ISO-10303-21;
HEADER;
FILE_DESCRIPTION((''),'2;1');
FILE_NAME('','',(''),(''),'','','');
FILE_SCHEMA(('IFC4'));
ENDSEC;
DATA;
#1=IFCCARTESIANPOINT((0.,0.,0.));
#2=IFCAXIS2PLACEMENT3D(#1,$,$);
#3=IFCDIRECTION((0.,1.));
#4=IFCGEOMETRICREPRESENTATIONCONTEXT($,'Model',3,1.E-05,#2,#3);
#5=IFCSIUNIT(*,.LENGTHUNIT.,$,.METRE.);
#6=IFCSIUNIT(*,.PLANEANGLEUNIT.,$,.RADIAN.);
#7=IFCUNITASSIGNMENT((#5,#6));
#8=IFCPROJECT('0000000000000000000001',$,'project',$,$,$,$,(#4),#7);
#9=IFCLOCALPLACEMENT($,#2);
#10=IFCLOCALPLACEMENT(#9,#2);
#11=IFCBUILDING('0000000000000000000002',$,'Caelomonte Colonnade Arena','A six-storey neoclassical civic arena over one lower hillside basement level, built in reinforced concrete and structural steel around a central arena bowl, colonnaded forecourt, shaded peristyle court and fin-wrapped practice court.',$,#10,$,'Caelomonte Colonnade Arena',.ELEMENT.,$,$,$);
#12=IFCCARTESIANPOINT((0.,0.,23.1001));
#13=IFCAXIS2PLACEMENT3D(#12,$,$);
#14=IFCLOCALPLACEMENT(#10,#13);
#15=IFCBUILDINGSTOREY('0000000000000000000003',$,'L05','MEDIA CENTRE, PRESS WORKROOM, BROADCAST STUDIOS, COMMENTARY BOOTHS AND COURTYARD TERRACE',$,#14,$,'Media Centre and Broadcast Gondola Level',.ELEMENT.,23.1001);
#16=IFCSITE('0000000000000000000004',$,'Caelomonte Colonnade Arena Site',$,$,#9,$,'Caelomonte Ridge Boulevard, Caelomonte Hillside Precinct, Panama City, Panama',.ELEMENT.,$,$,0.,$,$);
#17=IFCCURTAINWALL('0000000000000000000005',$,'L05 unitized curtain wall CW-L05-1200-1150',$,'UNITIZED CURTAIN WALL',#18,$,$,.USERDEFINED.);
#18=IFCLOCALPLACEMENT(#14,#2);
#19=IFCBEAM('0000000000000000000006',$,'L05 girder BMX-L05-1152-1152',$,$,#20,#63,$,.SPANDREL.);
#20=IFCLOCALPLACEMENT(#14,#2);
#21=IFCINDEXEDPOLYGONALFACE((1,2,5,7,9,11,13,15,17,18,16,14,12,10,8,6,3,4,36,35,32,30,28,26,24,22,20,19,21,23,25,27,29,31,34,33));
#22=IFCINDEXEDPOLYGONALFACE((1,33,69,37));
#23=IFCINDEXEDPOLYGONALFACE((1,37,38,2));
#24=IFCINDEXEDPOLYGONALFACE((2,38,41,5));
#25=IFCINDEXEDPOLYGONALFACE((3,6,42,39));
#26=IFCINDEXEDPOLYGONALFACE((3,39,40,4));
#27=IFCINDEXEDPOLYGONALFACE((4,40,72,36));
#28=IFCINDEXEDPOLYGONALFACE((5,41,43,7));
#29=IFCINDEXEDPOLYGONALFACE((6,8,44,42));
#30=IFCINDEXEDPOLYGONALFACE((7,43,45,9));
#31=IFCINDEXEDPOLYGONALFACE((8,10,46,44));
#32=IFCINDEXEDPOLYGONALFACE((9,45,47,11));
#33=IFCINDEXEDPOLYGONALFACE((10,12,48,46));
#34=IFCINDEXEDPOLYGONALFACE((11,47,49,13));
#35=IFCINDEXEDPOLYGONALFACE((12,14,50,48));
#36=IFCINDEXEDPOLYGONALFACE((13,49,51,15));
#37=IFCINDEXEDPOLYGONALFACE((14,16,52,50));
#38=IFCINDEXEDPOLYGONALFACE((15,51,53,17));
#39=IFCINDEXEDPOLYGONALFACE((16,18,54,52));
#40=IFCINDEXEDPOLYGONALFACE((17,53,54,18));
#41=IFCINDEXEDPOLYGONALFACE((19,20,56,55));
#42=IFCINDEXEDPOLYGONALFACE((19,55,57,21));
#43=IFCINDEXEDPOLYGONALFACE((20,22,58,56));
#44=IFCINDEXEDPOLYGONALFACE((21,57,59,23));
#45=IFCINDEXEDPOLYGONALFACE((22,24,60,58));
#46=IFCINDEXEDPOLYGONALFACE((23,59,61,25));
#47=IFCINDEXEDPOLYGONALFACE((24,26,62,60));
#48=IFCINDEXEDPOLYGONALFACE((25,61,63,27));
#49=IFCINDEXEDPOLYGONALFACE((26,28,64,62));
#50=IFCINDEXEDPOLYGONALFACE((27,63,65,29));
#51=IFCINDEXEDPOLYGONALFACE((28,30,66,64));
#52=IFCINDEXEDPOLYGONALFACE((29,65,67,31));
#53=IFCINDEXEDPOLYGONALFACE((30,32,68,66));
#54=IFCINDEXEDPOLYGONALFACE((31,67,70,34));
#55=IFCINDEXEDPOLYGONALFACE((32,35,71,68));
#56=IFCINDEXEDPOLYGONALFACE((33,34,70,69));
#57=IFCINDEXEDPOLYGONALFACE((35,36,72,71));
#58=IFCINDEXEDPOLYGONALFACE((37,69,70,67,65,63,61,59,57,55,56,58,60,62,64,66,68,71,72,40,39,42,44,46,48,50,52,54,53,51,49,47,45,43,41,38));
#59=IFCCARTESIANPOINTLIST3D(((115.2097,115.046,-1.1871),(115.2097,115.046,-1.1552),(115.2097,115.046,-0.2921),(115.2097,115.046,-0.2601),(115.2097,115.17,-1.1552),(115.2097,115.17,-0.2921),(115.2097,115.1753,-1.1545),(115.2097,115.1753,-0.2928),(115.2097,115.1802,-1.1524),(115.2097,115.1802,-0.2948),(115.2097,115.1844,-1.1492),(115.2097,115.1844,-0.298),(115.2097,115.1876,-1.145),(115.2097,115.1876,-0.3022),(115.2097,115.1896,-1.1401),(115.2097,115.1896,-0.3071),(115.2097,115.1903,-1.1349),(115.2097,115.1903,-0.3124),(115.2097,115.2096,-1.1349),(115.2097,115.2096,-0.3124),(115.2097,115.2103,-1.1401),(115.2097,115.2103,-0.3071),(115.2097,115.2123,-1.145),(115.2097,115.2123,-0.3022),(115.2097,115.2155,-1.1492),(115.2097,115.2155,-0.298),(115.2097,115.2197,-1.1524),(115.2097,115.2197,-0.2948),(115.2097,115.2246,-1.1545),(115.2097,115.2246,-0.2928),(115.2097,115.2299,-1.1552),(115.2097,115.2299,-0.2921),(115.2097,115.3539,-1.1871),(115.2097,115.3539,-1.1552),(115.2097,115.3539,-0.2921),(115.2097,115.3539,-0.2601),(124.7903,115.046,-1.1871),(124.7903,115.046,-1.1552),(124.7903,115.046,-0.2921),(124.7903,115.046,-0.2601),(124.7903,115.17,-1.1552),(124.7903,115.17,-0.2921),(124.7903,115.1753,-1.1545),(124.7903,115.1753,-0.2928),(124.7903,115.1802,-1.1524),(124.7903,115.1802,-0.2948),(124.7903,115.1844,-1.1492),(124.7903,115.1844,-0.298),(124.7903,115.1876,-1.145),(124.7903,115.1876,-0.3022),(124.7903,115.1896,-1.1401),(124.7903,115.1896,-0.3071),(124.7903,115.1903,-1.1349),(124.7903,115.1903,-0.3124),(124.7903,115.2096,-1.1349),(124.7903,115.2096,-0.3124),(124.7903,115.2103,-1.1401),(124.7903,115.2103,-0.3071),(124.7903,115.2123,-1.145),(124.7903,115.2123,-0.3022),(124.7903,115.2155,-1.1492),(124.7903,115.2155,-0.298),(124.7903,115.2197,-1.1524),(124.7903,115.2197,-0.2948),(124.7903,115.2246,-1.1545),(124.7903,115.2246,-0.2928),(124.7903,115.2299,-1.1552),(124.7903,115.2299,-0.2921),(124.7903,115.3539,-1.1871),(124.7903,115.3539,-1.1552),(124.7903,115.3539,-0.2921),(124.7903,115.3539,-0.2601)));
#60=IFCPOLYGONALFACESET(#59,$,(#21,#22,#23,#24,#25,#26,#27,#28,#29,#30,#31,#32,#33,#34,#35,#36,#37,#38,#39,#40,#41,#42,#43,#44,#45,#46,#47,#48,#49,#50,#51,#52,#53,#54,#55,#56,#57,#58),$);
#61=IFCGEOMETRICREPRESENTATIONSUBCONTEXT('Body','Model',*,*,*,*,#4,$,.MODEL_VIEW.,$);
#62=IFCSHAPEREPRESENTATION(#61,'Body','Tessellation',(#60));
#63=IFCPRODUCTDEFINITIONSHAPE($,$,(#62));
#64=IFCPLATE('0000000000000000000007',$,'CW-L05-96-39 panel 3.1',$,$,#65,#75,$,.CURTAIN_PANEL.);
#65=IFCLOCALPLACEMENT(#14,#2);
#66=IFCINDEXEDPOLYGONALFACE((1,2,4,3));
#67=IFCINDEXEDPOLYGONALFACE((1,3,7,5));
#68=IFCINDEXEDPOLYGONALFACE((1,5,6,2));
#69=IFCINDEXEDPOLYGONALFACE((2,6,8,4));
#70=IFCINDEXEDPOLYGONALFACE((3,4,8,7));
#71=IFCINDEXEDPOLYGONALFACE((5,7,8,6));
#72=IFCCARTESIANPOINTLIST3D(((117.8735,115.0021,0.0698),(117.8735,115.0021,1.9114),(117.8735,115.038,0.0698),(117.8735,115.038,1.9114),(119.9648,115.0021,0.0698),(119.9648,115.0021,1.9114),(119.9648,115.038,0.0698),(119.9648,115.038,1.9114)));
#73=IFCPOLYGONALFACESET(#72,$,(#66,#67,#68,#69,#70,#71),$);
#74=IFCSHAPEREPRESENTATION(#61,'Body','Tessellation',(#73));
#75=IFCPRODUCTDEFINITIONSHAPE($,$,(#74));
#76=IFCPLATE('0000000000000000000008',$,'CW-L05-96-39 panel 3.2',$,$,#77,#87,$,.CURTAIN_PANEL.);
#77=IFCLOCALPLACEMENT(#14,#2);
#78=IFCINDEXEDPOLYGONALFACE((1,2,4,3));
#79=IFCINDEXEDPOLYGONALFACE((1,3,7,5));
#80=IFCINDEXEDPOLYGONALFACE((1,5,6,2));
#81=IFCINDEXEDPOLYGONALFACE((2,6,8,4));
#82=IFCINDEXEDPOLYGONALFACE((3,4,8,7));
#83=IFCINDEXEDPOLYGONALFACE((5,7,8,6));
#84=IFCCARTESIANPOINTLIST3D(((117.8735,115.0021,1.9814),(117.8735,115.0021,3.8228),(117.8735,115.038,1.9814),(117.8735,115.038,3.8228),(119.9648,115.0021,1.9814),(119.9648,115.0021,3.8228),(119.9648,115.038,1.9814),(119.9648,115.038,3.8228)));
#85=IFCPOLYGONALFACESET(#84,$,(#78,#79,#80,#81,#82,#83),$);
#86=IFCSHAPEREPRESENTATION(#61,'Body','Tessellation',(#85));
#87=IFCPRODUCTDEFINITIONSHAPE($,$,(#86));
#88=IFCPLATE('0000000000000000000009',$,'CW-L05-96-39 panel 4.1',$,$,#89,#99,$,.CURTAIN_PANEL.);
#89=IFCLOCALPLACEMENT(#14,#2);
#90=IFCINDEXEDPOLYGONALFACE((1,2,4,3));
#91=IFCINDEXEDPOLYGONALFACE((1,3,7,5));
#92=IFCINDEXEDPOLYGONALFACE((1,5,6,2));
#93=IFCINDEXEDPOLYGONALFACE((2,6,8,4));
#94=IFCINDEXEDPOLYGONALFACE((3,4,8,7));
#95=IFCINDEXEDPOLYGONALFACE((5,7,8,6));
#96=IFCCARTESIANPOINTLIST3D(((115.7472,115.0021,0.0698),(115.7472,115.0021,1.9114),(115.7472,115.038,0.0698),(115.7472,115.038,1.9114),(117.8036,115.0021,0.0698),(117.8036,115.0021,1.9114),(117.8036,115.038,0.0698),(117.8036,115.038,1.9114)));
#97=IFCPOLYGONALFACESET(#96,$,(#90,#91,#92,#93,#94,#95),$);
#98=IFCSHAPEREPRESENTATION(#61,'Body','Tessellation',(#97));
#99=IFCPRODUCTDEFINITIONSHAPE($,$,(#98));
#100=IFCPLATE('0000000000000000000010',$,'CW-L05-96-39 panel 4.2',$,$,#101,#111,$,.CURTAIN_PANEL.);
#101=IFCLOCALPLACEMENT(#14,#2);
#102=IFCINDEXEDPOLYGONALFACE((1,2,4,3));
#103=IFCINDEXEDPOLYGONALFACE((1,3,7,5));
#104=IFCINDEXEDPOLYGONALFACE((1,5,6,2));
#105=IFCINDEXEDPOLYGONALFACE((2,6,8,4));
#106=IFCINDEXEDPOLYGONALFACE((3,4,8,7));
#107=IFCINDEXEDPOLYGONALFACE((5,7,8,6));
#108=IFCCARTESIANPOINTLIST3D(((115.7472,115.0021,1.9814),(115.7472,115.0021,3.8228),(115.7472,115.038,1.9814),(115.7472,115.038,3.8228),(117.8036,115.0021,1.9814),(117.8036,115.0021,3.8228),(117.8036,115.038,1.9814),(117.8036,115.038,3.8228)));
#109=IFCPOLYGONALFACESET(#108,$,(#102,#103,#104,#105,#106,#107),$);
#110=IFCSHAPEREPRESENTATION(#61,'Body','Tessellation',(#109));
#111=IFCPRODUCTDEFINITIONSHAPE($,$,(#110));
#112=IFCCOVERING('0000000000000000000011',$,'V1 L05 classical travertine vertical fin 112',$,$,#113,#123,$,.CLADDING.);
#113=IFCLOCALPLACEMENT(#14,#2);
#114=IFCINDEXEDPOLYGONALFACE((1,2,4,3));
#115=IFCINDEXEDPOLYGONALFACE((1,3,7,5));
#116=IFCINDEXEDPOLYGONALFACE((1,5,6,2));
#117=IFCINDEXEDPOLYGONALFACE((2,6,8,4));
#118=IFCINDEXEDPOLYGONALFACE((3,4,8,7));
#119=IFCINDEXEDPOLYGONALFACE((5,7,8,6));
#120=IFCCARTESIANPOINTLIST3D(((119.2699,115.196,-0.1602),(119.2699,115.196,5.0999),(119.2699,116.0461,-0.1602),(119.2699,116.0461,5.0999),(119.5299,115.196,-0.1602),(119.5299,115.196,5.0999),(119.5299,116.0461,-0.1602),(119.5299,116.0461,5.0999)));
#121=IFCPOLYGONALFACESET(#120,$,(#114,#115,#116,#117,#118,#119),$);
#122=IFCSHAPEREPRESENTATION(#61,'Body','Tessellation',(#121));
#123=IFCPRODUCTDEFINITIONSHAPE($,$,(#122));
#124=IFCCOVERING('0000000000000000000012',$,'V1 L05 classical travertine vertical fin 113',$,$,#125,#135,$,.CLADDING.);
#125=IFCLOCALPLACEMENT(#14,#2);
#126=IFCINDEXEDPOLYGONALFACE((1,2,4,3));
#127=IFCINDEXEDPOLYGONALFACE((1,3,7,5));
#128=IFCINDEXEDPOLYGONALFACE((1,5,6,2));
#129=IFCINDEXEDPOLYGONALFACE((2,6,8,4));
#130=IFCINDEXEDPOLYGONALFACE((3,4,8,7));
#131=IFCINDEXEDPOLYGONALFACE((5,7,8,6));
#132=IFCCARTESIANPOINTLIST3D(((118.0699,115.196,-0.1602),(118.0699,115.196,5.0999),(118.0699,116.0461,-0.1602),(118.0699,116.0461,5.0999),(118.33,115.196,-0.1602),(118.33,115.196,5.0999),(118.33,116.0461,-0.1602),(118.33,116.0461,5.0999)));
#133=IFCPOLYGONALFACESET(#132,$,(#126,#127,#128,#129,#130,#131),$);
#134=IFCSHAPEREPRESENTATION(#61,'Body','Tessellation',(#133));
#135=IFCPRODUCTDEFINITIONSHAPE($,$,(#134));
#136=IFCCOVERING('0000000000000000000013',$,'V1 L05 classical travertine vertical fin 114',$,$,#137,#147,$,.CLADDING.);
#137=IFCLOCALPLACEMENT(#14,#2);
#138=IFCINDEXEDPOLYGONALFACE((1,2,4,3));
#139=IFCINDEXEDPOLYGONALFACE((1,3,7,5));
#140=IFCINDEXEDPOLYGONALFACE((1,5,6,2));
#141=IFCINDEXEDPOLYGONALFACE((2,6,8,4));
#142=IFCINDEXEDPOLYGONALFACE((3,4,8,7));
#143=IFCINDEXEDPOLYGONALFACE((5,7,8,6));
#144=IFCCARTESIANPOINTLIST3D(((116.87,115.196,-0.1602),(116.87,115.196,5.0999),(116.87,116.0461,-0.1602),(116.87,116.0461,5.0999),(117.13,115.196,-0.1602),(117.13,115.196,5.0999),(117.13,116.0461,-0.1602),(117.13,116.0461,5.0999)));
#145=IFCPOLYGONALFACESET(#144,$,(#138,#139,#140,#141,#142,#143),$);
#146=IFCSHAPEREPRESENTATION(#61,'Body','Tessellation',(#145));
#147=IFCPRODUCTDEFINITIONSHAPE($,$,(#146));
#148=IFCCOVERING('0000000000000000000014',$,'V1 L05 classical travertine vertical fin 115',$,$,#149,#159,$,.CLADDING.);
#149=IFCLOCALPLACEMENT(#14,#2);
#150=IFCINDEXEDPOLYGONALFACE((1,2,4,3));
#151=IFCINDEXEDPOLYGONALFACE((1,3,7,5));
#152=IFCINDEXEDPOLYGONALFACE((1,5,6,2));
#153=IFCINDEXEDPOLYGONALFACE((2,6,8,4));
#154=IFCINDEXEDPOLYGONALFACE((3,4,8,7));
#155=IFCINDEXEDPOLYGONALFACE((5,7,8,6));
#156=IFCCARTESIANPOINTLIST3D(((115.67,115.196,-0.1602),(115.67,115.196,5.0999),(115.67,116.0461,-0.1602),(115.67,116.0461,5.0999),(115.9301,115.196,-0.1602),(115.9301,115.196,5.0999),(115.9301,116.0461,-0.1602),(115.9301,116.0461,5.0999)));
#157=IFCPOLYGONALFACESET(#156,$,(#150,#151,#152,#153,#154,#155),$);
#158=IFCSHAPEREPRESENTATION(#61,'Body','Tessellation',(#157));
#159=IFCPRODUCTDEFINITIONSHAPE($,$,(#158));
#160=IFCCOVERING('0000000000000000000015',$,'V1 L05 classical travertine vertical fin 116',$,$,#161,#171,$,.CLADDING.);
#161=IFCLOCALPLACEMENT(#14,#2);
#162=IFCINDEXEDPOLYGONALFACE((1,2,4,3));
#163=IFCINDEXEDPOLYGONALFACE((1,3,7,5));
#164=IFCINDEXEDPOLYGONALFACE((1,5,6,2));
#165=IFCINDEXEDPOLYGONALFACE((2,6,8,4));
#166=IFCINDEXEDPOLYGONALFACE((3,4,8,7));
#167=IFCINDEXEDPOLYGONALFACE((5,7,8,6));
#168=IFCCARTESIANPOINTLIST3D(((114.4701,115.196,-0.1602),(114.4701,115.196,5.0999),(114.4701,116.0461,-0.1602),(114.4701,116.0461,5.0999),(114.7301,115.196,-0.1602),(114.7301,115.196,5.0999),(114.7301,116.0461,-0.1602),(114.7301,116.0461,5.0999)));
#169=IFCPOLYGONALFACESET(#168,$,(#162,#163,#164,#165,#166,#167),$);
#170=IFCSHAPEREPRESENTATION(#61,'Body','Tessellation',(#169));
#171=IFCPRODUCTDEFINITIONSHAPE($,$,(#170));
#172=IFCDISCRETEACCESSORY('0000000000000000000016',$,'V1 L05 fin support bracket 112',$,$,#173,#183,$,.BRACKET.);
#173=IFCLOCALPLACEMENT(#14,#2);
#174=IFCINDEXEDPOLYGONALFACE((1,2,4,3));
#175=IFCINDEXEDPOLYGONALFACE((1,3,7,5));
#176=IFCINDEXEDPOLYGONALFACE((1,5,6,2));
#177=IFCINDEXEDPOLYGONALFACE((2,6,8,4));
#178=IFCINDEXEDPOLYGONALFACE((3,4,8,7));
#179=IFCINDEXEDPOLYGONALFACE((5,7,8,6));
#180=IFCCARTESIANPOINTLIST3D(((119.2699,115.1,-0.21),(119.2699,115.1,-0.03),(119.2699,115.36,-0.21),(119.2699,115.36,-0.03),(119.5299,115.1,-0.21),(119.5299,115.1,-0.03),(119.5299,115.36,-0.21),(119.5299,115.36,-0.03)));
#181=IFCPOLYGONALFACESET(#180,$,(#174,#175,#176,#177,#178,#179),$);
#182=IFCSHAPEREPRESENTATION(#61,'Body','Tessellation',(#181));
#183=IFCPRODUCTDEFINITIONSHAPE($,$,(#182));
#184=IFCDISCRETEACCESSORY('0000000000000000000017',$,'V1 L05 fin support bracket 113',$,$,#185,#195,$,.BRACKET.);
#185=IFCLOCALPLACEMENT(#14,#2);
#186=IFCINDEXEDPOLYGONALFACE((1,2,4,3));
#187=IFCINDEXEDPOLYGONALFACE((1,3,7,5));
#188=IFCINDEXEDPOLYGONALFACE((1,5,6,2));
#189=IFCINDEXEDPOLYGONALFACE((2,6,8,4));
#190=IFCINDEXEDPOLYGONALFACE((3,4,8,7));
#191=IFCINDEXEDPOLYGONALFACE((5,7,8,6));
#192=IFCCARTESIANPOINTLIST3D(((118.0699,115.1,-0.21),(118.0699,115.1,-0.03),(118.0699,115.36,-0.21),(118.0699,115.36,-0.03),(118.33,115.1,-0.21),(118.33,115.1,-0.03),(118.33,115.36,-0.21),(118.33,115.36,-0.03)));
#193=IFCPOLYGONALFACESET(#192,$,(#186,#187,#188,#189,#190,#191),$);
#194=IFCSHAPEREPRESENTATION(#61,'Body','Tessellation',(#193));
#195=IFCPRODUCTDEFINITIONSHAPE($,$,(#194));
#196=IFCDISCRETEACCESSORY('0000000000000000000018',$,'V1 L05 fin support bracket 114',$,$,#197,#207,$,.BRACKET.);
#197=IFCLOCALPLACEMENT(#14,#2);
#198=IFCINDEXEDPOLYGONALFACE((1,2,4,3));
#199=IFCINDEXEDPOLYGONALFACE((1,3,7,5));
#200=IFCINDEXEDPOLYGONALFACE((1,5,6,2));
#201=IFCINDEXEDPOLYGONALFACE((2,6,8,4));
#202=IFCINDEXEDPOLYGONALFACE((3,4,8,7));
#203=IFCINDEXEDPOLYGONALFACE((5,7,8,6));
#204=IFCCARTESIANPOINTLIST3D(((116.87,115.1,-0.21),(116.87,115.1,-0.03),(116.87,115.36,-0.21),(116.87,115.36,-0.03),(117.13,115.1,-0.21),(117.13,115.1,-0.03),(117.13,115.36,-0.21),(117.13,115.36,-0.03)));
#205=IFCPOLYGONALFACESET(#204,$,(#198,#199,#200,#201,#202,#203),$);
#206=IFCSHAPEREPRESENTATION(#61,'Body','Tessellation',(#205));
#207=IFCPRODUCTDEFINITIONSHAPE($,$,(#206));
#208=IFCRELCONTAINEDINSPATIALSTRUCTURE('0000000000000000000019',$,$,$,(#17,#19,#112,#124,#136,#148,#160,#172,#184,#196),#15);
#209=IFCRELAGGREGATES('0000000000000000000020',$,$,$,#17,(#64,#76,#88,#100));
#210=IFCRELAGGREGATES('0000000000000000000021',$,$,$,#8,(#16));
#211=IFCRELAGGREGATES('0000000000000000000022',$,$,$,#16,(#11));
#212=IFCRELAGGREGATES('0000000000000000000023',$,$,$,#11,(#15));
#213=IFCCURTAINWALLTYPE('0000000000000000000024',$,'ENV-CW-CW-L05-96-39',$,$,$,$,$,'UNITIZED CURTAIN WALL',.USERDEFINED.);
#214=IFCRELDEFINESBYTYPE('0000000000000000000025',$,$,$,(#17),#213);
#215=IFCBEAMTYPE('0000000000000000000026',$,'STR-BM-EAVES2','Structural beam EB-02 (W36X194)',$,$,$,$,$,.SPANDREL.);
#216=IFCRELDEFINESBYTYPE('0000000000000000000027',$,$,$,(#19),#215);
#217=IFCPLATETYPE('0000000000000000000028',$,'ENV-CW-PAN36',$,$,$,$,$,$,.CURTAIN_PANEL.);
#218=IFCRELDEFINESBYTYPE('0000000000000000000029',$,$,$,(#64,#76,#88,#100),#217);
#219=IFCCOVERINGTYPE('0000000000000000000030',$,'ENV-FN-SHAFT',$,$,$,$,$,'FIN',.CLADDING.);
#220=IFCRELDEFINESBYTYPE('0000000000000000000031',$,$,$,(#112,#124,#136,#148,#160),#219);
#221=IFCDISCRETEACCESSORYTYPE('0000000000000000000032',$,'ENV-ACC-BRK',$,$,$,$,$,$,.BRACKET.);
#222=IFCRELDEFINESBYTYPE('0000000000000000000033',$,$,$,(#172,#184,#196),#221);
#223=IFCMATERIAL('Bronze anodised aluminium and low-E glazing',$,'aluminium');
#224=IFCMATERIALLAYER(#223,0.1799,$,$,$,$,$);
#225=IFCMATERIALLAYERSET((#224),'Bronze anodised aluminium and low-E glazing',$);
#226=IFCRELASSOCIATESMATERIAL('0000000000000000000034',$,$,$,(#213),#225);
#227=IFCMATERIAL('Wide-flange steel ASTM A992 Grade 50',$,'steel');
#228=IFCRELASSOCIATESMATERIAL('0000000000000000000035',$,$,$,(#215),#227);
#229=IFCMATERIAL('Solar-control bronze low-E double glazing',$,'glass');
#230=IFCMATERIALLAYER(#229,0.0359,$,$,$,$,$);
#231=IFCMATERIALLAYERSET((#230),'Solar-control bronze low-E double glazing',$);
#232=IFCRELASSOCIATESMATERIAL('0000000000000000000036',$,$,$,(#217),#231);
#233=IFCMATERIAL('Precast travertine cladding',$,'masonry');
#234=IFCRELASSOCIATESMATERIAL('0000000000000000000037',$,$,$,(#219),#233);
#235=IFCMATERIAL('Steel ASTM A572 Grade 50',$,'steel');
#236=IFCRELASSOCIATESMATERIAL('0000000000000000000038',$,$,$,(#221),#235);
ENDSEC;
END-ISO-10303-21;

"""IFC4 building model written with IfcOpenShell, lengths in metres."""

from ifc_helpers import new_model, si_unit, direction, frame, origin, origin_2d, place, context, subcontext, project, spatial, rectangle, i_section, extrude, material, layer, layer_set, material_profile, profile_set, type_object, element, aggregate, save


model = new_model("IFC4")

# Units and contexts
model_context = context("Model", 3, precision=1e-05, world=origin(), true_north=direction((0.0, 1.0)))
body_context = subcontext(model_context, "Body", "Model", "MODEL_VIEW")
ifc_project = project(units=[si_unit("LENGTHUNIT", "METRE"), si_unit("PLANEANGLEUNIT", "RADIAN")], contexts=[model_context])

# Site, building, storey
site_placement = place(None, origin())
site = spatial("IfcSite", under=ifc_project, at=site_placement, Name="Caelomonte Colonnade Arena Site", LongName="Caelomonte Ridge Boulevard, Caelomonte Hillside Precinct, Panama City, Panama", CompositionType="ELEMENT", RefElevation=0.0)
building_placement = place(site_placement, origin())
building = spatial("IfcBuilding", under=site, at=building_placement, Name="Caelomonte Colonnade Arena", Description="A six-storey neoclassical civic arena over one lower hillside basement level, built in reinforced concrete and structural steel around a central arena bowl, colonnaded forecourt, shaded peristyle court and fin-wrapped practice court.", LongName="Caelomonte Colonnade Arena", CompositionType="ELEMENT")
storey_placement = place(building_placement, frame((0.0, 0.0, 23.1001)))
storey = spatial("IfcBuildingStorey", under=building, at=storey_placement, Name="L05", Description="MEDIA CENTRE, PRESS WORKROOM, BROADCAST STUDIOS, COMMENTARY BOOTHS AND COURTYARD TERRACE", LongName="Media Centre and Broadcast Gondola Level", CompositionType="ELEMENT", Elevation=23.1001)

# Shared definitions
ifc_material_1 = material(Name="Wide-flange steel ASTM A992 Grade 50", Category="steel")

# Curtain wall
ifc_material_2 = material(Name="Bronze anodised aluminium and low-E glazing", Category="aluminium")
ifc_layer_1 = layer(ifc_material_2, 0.1799)
ifc_layer_set_1 = layer_set([ifc_layer_1], Name="Bronze anodised aluminium and low-E glazing")
curtain_wall_type = type_object("IfcCurtainWallType", Name="ENV-CW-CW-L05-96-39", ElementType="UNITIZED CURTAIN WALL", PredefinedType="USERDEFINED", material=ifc_layer_set_1)
curtain_wall_1_placement = place(storey_placement, origin())
curtain_wall_1 = element("IfcCurtainWall", 1, at=curtain_wall_1_placement, inside=storey, type_object=curtain_wall_type, Name="L05 unitized curtain wall CW-L05-1200-1150", ObjectType="UNITIZED CURTAIN WALL", PredefinedType="USERDEFINED")

# Beam
ifc_material_profile_1 = material_profile(ifc_material_1, i_section(OverallWidth=0.3079, OverallDepth=0.927, WebThickness=0.0193, FlangeThickness=0.032, FilletRadius=0.0203, at=origin_2d()), Name="W36X194")
ifc_profile_set_1 = profile_set([ifc_material_profile_1], Name="Wide-flange steel ASTM A992 Grade 50")
beam_type = type_object("IfcBeamType", Name="STR-BM-EAVES2", Description="Structural beam EB-02 (W36X194)", PredefinedType="SPANDREL", material=ifc_profile_set_1)
beam_placement = place(storey_placement, frame((115.2097, 115.2, -0.7236), z_axis=(1.0, 0.0, 0.0), x_axis=(0.0, 1.0, 0.0)))
element("IfcBeam", 2, at=beam_placement, inside=storey, type_object=beam_type, Name="L05 girder BMX-L05-1152-1152", PredefinedType="SPANDREL", context=body_context, shape_type="SweptSolid", body=[
    extrude(i_section(OverallWidth=0.3079, OverallDepth=0.927, WebThickness=0.0193, FlangeThickness=0.032, FilletRadius=0.0203, at=origin_2d()), origin(), (0.0, 0.0, 1.0), 9.5806),
])

# Plates
ifc_material_3 = material(Name="Solar-control bronze low-E double glazing", Category="glass")
ifc_layer_2 = layer(ifc_material_3, 0.0359)
ifc_layer_set_2 = layer_set([ifc_layer_2], Name="Solar-control bronze low-E double glazing")
plate_type = type_object("IfcPlateType", Name="ENV-CW-PAN36", PredefinedType="CURTAIN_PANEL", material=ifc_layer_set_2)
plate_1_placement = place(storey_placement, frame((118.9192, 115.02, 0.0698), z_axis=(0.0, 0.0, 1.0), x_axis=(-1.0, 0.0, 0.0)))
plate_1 = element("IfcPlate", 3, at=plate_1_placement, type_object=plate_type, Name="CW-L05-96-39 panel 3.1", PredefinedType="CURTAIN_PANEL", context=body_context, shape_type="SweptSolid", body=[
    extrude(rectangle(XDim=2.0913, YDim=0.0359, at=origin_2d()), origin(), (0.0, 0.0, 1.0), 1.8416),
])
plate_2_placement = place(storey_placement, frame((118.9192, 115.02, 1.9814), z_axis=(0.0, 0.0, 1.0), x_axis=(-1.0, 0.0, 0.0)))
plate_2 = element("IfcPlate", 4, at=plate_2_placement, type_object=plate_type, Name="CW-L05-96-39 panel 3.2", PredefinedType="CURTAIN_PANEL", context=body_context, shape_type="SweptSolid", body=[
    extrude(rectangle(XDim=2.0913, YDim=0.0359, at=origin_2d()), origin(), (0.0, 0.0, 1.0), 1.8413),
])
plate_3_placement = place(storey_placement, frame((116.7754, 115.02, 0.0698), z_axis=(0.0, 0.0, 1.0), x_axis=(-1.0, 0.0, 0.0)))
plate_3 = element("IfcPlate", 5, at=plate_3_placement, type_object=plate_type, Name="CW-L05-96-39 panel 4.1", PredefinedType="CURTAIN_PANEL", context=body_context, shape_type="SweptSolid", body=[
    extrude(rectangle(XDim=2.0564, YDim=0.0359, at=origin_2d()), origin(), (0.0, 0.0, 1.0), 1.8416),
])
plate_4_placement = place(storey_placement, frame((116.7754, 115.02, 1.9814), z_axis=(0.0, 0.0, 1.0), x_axis=(-1.0, 0.0, 0.0)))
plate_4 = element("IfcPlate", 6, at=plate_4_placement, type_object=plate_type, Name="CW-L05-96-39 panel 4.2", PredefinedType="CURTAIN_PANEL", context=body_context, shape_type="SweptSolid", body=[
    extrude(rectangle(XDim=2.0564, YDim=0.0359, at=origin_2d()), origin(), (0.0, 0.0, 1.0), 1.8413),
])
aggregate(curtain_wall_1, [plate_1, plate_2, plate_3, plate_4])

# Coverings
ifc_material_4 = material(Name="Precast travertine cladding", Category="masonry")
ifc_material_profile_2 = material_profile(ifc_material_4, rectangle(XDim=0.26, YDim=0.8501, at=origin_2d()), Name="FIN260X850")
ifc_profile_set_2 = profile_set([ifc_material_profile_2], Name="Precast travertine cladding")
covering_type = type_object("IfcCoveringType", Name="ENV-FN-SHAFT", ElementType="FIN", PredefinedType="CLADDING", material=ifc_profile_set_2)
for number, where, z_axis, x_axis, name in (
    (7, (119.3999, 115.6211, -0.1602), (0.0, 0.0, 1.0), (1.0, 0.0, 0.0), "V1 L05 classical travertine vertical fin 112"),
    (8, (118.2, 115.6211, -0.1602), (0.0, 0.0, 1.0), (1.0, 0.0, 0.0), "V1 L05 classical travertine vertical fin 113"),
    (9, (117.0, 115.6211, -0.1602), (0.0, 0.0, 1.0), (1.0, 0.0, 0.0), "V1 L05 classical travertine vertical fin 114"),
    (10, (115.8, 115.6211, -0.1602), (0.0, 0.0, 1.0), (1.0, 0.0, 0.0), "V1 L05 classical travertine vertical fin 115"),
    (11, (114.6001, 115.6211, -0.1602), (0.0, 0.0, 1.0), (1.0, 0.0, 0.0), "V1 L05 classical travertine vertical fin 116"),
):
    element("IfcCovering", number, at=place(storey_placement, frame(where, z_axis=z_axis, x_axis=x_axis)), inside=storey, type_object=covering_type, Name=name, PredefinedType="CLADDING", context=body_context, shape_type="SweptSolid", body=[
        extrude(rectangle(XDim=0.26, YDim=0.8501, at=origin_2d()), origin(), (0.0, 0.0, 1.0), 5.26),
    ])

# Discrete accessories
ifc_material_5 = material(Name="Steel ASTM A572 Grade 50", Category="steel")
discrete_accessory_type = type_object("IfcDiscreteAccessoryType", Name="ENV-ACC-BRK", PredefinedType="BRACKET", material=ifc_material_5)
for number, where, z_axis, x_axis, name in (
    (12, (119.3999, 115.23, -0.21), (0.0, 0.0, 1.0), (-1.0, 0.0, 0.0), "V1 L05 fin support bracket 112"),
    (13, (118.2, 115.23, -0.21), (0.0, 0.0, 1.0), (-1.0, 0.0, 0.0), "V1 L05 fin support bracket 113"),
    (14, (117.0, 115.23, -0.21), (0.0, 0.0, 1.0), (-1.0, 0.0, 0.0), "V1 L05 fin support bracket 114"),
):
    element("IfcDiscreteAccessory", number, at=place(storey_placement, frame(where, z_axis=z_axis, x_axis=x_axis)), inside=storey, type_object=discrete_accessory_type, Name=name, PredefinedType="BRACKET", context=body_context, shape_type="SweptSolid", body=[
        extrude(rectangle(XDim=0.26, YDim=0.26, at=origin_2d()), origin(), (0.0, 0.0, 1.0), 0.1799),
    ])

save(model, "model.ifc")
